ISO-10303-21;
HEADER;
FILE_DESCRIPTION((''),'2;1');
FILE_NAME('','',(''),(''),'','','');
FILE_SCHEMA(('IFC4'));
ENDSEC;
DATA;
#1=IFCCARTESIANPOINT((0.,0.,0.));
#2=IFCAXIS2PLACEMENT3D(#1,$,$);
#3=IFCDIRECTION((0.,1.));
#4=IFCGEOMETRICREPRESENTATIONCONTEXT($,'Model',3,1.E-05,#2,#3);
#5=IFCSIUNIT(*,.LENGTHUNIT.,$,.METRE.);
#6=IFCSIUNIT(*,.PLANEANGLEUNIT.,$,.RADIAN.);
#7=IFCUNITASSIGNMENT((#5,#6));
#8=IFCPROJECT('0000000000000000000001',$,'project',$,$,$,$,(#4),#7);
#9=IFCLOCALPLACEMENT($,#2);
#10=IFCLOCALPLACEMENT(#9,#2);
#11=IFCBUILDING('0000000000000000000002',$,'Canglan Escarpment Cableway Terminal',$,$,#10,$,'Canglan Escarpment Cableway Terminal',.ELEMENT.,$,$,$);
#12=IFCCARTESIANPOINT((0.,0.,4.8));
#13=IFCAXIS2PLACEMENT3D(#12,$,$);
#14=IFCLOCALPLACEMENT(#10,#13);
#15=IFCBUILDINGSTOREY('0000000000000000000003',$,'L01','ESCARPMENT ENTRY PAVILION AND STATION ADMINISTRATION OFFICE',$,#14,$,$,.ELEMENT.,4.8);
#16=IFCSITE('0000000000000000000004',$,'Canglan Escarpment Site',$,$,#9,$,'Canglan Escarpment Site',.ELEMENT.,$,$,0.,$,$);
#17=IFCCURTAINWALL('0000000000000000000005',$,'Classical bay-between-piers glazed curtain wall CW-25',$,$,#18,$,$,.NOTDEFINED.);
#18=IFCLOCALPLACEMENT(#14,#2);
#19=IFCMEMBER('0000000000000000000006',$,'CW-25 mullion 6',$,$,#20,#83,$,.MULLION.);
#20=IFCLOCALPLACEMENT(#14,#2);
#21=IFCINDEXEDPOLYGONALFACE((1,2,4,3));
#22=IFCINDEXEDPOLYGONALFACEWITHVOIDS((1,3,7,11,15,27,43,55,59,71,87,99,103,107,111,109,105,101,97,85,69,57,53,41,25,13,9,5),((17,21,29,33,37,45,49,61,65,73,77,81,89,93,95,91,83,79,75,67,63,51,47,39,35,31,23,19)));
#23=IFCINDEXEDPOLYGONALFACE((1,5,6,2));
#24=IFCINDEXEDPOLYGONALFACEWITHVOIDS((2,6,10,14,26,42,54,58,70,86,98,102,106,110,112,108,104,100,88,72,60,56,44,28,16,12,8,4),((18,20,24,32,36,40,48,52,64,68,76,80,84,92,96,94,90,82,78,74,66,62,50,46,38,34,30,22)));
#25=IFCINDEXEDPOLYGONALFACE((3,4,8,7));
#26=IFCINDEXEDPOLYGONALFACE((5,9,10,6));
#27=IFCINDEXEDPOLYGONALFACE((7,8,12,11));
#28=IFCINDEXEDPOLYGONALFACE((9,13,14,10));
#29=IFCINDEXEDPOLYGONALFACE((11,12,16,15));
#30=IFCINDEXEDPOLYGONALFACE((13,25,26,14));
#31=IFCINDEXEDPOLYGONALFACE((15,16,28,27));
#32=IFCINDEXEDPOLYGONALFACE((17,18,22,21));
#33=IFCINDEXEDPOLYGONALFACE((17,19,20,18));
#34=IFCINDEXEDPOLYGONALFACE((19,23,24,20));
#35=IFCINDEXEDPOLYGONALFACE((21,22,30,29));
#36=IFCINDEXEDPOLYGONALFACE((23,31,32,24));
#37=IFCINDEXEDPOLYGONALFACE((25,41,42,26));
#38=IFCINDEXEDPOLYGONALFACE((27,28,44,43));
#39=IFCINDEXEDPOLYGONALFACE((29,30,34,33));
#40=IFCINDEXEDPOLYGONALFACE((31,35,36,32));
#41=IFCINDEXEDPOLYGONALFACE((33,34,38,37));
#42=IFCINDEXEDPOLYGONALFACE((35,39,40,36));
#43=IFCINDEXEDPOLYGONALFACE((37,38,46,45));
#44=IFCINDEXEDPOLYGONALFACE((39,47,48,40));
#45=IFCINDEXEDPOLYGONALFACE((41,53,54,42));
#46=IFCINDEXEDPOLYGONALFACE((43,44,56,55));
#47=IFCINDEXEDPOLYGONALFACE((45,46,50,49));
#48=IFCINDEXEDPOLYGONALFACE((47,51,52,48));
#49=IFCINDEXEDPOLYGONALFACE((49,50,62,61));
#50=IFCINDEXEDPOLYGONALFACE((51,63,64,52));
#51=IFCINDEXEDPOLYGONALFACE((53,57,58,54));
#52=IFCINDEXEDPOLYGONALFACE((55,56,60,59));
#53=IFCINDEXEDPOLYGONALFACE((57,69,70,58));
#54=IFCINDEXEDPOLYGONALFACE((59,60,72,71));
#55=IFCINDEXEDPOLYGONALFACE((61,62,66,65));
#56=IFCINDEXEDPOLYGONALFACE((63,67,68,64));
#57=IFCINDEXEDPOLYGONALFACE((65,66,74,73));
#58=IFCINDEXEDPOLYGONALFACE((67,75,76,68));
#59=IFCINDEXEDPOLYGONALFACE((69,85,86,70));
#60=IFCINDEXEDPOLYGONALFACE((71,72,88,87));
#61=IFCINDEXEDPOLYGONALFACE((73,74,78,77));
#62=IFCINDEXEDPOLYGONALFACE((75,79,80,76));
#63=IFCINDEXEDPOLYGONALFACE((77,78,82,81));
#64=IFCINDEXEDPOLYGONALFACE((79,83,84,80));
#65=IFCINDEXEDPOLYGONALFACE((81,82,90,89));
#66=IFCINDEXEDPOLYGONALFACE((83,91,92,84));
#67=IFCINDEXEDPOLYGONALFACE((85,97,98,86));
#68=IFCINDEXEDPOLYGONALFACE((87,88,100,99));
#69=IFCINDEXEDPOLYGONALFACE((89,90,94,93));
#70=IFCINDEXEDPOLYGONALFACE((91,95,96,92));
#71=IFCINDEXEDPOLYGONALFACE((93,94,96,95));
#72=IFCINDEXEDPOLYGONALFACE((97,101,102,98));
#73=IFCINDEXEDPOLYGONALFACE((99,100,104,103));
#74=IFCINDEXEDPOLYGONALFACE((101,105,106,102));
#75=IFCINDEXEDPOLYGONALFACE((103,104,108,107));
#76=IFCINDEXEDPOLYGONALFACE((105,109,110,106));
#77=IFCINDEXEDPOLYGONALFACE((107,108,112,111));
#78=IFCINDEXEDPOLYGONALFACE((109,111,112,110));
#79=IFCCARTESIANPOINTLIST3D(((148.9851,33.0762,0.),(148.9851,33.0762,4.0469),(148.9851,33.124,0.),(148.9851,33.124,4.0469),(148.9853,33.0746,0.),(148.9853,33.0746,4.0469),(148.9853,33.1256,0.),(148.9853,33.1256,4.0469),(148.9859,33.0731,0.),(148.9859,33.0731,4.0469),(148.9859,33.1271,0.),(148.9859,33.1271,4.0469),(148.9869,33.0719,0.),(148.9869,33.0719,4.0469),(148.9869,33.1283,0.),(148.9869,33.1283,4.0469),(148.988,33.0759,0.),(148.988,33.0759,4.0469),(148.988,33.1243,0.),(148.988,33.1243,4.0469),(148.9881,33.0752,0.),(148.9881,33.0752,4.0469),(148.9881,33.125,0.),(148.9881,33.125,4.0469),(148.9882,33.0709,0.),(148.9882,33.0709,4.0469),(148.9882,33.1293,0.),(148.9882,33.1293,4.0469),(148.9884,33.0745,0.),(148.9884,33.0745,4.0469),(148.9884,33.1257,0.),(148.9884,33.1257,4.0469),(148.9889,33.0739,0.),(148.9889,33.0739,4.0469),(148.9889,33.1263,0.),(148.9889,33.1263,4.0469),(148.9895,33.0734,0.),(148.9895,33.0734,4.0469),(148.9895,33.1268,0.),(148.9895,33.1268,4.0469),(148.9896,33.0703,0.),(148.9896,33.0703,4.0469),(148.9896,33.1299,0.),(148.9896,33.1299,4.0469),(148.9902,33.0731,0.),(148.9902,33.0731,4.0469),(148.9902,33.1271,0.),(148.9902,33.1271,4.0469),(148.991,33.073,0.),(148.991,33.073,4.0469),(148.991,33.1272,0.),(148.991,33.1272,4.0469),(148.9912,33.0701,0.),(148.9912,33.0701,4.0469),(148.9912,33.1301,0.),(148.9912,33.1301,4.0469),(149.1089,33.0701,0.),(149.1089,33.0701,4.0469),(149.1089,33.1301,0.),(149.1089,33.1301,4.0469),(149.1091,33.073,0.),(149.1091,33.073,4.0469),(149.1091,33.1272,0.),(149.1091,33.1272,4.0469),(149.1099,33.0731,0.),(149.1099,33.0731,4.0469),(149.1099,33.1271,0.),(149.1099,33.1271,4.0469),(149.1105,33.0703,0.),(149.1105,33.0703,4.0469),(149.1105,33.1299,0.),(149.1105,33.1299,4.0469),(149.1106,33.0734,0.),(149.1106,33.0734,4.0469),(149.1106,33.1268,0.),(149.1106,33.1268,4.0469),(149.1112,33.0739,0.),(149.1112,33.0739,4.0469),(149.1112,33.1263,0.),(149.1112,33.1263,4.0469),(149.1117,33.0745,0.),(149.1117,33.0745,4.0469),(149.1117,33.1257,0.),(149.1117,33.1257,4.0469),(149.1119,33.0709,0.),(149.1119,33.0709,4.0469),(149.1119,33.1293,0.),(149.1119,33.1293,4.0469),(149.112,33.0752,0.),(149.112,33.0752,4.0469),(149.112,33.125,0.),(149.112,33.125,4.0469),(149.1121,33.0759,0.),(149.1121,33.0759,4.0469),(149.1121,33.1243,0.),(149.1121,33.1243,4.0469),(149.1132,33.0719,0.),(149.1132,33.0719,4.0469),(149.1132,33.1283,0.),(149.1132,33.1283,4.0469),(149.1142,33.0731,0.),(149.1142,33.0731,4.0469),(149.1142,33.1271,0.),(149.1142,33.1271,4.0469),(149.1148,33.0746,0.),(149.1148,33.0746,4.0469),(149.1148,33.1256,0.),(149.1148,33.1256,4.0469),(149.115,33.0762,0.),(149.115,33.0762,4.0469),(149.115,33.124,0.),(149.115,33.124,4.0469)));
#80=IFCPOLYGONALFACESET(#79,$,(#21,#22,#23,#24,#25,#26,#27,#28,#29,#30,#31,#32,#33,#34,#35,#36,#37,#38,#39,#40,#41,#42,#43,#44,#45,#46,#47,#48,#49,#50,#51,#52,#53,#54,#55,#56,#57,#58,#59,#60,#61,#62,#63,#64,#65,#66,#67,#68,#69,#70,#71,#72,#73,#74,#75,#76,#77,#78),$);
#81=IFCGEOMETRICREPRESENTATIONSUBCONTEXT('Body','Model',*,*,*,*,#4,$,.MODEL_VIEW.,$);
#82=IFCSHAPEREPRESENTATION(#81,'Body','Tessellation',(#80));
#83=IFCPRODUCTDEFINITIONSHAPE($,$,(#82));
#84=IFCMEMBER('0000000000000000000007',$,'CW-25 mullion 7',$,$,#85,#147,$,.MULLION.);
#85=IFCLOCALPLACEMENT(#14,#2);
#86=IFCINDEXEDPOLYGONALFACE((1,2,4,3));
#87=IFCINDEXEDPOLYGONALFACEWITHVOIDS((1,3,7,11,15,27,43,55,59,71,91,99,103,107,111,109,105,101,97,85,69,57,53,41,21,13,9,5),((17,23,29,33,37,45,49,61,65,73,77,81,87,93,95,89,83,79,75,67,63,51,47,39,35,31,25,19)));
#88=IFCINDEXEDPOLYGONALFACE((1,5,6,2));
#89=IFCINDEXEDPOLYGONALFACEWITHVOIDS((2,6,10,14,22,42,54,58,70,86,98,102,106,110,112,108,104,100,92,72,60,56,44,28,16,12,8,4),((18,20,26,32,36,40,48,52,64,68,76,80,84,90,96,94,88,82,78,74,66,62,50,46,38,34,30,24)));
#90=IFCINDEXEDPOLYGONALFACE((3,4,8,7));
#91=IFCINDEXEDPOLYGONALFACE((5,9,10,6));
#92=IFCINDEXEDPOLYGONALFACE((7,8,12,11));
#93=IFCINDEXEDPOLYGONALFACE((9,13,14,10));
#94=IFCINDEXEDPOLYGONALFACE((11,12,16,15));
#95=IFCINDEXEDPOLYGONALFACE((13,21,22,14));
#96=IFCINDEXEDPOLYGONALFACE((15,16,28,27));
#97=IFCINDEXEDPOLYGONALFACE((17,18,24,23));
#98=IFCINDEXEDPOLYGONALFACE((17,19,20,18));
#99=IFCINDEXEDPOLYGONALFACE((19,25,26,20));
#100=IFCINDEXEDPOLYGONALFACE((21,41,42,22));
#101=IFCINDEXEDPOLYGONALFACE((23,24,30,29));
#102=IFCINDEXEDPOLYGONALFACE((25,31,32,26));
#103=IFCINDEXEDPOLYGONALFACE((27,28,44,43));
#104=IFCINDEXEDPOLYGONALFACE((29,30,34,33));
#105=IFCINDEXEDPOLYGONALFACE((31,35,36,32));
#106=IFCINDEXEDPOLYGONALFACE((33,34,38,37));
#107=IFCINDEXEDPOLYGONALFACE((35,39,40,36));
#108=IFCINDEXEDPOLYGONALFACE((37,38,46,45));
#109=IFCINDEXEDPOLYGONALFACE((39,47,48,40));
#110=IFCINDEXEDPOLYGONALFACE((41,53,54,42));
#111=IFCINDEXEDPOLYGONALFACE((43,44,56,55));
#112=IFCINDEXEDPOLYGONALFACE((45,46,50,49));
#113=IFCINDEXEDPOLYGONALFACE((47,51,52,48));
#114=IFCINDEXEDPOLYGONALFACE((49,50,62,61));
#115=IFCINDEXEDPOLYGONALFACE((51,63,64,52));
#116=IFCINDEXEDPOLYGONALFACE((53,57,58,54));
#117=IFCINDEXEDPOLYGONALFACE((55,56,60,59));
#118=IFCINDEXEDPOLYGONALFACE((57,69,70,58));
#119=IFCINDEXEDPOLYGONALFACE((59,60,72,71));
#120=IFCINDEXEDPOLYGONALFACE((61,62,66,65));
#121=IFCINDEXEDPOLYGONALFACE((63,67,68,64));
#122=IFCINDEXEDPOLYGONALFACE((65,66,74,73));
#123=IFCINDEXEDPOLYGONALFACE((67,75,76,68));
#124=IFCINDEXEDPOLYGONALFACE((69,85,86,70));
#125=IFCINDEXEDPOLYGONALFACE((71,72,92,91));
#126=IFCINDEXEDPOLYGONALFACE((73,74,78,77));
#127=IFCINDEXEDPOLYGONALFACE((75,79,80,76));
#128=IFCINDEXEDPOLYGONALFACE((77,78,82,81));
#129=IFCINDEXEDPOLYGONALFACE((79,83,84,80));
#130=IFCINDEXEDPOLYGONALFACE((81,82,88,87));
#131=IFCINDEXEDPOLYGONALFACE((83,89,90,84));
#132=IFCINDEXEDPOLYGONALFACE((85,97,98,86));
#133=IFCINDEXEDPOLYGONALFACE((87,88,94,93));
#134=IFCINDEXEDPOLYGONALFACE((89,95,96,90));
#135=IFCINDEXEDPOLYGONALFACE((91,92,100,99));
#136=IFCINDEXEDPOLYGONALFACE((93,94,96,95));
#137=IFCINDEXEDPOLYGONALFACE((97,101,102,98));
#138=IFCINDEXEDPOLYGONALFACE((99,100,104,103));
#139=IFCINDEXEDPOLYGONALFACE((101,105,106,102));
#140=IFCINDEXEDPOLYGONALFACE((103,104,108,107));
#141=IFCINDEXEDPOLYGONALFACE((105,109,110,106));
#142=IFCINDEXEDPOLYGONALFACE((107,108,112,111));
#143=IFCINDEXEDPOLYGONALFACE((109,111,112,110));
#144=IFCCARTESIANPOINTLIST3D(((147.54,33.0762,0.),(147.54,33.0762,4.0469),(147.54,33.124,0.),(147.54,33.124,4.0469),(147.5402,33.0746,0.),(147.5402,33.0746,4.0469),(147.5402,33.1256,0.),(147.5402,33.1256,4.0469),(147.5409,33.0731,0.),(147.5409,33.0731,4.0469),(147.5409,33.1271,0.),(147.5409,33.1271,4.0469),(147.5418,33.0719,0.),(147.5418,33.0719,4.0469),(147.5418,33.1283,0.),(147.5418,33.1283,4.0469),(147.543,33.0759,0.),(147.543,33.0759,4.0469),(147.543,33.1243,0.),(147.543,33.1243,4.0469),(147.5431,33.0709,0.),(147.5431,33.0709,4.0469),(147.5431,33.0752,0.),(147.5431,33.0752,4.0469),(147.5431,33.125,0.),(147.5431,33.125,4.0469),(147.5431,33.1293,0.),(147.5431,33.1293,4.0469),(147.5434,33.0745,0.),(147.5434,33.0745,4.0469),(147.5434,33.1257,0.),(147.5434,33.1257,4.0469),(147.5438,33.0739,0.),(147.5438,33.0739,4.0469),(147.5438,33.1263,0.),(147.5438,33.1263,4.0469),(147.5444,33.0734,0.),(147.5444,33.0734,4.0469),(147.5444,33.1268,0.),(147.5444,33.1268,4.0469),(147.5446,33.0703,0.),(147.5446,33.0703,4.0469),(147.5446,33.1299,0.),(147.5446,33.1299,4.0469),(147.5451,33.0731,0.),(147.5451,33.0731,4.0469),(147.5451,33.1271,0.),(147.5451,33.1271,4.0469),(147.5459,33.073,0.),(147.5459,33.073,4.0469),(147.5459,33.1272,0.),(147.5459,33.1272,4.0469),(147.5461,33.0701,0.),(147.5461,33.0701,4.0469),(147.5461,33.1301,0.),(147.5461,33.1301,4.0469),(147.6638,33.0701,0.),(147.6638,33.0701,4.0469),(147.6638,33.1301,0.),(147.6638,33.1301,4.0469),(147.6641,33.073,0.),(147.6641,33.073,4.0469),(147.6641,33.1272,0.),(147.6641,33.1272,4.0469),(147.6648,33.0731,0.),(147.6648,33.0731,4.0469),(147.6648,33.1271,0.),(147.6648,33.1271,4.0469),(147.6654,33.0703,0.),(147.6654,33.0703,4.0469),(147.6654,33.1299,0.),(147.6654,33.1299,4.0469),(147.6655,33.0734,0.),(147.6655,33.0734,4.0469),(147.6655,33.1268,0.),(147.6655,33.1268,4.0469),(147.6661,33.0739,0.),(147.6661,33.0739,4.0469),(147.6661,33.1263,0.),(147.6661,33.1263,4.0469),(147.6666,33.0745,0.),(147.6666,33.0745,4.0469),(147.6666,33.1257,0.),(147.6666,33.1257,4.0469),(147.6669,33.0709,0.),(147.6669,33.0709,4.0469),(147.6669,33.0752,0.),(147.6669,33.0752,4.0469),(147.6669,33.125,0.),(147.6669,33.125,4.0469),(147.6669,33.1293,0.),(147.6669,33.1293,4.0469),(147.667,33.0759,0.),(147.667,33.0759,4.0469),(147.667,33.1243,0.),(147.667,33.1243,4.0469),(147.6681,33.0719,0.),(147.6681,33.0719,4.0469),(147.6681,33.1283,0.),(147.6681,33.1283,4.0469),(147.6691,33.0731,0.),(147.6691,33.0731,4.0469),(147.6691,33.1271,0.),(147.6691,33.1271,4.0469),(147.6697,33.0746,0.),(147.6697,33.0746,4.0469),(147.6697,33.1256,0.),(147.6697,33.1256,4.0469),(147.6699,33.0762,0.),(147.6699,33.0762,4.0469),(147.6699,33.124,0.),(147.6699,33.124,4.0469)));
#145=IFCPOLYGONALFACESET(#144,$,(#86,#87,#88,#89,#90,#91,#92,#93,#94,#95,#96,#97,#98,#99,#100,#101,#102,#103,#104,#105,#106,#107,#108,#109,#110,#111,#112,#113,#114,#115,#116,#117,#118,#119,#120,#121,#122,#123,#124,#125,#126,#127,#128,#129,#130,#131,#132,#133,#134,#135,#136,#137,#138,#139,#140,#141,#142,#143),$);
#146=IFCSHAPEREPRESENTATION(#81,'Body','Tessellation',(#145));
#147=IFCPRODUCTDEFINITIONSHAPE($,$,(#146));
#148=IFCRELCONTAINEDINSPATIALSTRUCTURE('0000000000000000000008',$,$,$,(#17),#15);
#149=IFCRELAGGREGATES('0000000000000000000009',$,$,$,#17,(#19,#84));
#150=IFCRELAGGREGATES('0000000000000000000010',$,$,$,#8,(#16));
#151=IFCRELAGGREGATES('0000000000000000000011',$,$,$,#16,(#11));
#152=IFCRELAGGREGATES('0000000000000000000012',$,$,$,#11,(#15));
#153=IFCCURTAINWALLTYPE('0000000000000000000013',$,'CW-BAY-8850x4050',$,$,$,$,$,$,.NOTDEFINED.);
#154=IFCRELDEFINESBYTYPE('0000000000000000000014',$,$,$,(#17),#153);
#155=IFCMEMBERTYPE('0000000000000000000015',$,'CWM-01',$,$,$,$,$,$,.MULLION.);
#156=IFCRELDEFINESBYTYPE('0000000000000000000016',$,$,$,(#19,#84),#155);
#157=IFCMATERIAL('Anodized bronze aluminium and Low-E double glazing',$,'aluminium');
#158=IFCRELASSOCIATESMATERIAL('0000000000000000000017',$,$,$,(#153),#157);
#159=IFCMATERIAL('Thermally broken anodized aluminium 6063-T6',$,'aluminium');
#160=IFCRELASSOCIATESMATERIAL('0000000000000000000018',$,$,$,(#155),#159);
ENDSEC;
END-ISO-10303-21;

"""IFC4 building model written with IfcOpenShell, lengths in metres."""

from ifc_helpers import new_model, si_unit, direction, frame, origin, origin_2d, place, context, subcontext, project, spatial, hollow_rectangle, extrude, material, material_profile, profile_set, type_object, element, aggregate, save


model = new_model("IFC4")

# Units and contexts
model_context = context("Model", 3, precision=1e-05, world=origin(), true_north=direction((0.0, 1.0)))
body_context = subcontext(model_context, "Body", "Model", "MODEL_VIEW")
ifc_project = project(units=[si_unit("LENGTHUNIT", "METRE"), si_unit("PLANEANGLEUNIT", "RADIAN")], contexts=[model_context])

# Site, building, storey
site_placement = place(None, origin())
site = spatial("IfcSite", under=ifc_project, at=site_placement, Name="Canglan Escarpment Site", LongName="Canglan Escarpment Site", CompositionType="ELEMENT", RefElevation=0.0)
building_placement = place(site_placement, origin())
building = spatial("IfcBuilding", under=site, at=building_placement, Name="Canglan Escarpment Cableway Terminal", LongName="Canglan Escarpment Cableway Terminal", CompositionType="ELEMENT")
storey_placement = place(building_placement, frame((0.0, 0.0, 4.8)))
storey = spatial("IfcBuildingStorey", under=building, at=storey_placement, Name="L01", Description="ESCARPMENT ENTRY PAVILION AND STATION ADMINISTRATION OFFICE", CompositionType="ELEMENT", Elevation=4.8)

# Curtain wall, members
ifc_material_1 = material(Name="Anodized bronze aluminium and Low-E double glazing", Category="aluminium")
curtain_wall_type = type_object("IfcCurtainWallType", Name="CW-BAY-8850x4050", PredefinedType="NOTDEFINED", material=ifc_material_1)
curtain_wall_placement = place(storey_placement, origin())
curtain_wall = element("IfcCurtainWall", 1, at=curtain_wall_placement, inside=storey, type_object=curtain_wall_type, Name="Classical bay-between-piers glazed curtain wall CW-25", PredefinedType="NOTDEFINED")
ifc_material_2 = material(Name="Thermally broken anodized aluminium 6063-T6", Category="aluminium")
ifc_material_profile_1 = material_profile(ifc_material_2, hollow_rectangle(XDim=0.0601, YDim=0.1299, WallThickness=0.0029, InnerFilletRadius=0.0029, OuterFilletRadius=0.0061, at=origin_2d()), Name="ALU-MULL 60x130x3")
ifc_profile_set_1 = profile_set([ifc_material_profile_1], Name="Thermally broken anodized aluminium 6063-T6")
member_type_1 = type_object("IfcMemberType", Name="CWM-01", PredefinedType="MULLION", material=ifc_profile_set_1)
member_1_placement = place(storey_placement, frame((149.05, 33.1001, 0.0), z_axis=(0.0, 0.0, 1.0), x_axis=(0.0, -1.0, 0.0)))
member_1 = element("IfcMember", 2, at=member_1_placement, type_object=member_type_1, Name="CW-25 mullion 6", PredefinedType="MULLION", context=body_context, shape_type="SweptSolid", body=[
    extrude(hollow_rectangle(XDim=0.0601, YDim=0.1299, WallThickness=0.0029, InnerFilletRadius=0.0029, OuterFilletRadius=0.0061, at=origin_2d()), origin(), (0.0, 0.0, 1.0), 4.0469),
])
member_2_placement = place(storey_placement, frame((147.605, 33.1001, 0.0), z_axis=(0.0, 0.0, 1.0), x_axis=(0.0, -1.0, 0.0)))
member_2 = element("IfcMember", 3, at=member_2_placement, type_object=member_type_1, Name="CW-25 mullion 7", PredefinedType="MULLION", context=body_context, shape_type="SweptSolid", body=[
    extrude(hollow_rectangle(XDim=0.0601, YDim=0.1299, WallThickness=0.0029, InnerFilletRadius=0.0029, OuterFilletRadius=0.0061, at=origin_2d()), origin(), (0.0, 0.0, 1.0), 4.0469),
])

aggregate(curtain_wall, [member_1, member_2])

save(model, "model.ifc")
